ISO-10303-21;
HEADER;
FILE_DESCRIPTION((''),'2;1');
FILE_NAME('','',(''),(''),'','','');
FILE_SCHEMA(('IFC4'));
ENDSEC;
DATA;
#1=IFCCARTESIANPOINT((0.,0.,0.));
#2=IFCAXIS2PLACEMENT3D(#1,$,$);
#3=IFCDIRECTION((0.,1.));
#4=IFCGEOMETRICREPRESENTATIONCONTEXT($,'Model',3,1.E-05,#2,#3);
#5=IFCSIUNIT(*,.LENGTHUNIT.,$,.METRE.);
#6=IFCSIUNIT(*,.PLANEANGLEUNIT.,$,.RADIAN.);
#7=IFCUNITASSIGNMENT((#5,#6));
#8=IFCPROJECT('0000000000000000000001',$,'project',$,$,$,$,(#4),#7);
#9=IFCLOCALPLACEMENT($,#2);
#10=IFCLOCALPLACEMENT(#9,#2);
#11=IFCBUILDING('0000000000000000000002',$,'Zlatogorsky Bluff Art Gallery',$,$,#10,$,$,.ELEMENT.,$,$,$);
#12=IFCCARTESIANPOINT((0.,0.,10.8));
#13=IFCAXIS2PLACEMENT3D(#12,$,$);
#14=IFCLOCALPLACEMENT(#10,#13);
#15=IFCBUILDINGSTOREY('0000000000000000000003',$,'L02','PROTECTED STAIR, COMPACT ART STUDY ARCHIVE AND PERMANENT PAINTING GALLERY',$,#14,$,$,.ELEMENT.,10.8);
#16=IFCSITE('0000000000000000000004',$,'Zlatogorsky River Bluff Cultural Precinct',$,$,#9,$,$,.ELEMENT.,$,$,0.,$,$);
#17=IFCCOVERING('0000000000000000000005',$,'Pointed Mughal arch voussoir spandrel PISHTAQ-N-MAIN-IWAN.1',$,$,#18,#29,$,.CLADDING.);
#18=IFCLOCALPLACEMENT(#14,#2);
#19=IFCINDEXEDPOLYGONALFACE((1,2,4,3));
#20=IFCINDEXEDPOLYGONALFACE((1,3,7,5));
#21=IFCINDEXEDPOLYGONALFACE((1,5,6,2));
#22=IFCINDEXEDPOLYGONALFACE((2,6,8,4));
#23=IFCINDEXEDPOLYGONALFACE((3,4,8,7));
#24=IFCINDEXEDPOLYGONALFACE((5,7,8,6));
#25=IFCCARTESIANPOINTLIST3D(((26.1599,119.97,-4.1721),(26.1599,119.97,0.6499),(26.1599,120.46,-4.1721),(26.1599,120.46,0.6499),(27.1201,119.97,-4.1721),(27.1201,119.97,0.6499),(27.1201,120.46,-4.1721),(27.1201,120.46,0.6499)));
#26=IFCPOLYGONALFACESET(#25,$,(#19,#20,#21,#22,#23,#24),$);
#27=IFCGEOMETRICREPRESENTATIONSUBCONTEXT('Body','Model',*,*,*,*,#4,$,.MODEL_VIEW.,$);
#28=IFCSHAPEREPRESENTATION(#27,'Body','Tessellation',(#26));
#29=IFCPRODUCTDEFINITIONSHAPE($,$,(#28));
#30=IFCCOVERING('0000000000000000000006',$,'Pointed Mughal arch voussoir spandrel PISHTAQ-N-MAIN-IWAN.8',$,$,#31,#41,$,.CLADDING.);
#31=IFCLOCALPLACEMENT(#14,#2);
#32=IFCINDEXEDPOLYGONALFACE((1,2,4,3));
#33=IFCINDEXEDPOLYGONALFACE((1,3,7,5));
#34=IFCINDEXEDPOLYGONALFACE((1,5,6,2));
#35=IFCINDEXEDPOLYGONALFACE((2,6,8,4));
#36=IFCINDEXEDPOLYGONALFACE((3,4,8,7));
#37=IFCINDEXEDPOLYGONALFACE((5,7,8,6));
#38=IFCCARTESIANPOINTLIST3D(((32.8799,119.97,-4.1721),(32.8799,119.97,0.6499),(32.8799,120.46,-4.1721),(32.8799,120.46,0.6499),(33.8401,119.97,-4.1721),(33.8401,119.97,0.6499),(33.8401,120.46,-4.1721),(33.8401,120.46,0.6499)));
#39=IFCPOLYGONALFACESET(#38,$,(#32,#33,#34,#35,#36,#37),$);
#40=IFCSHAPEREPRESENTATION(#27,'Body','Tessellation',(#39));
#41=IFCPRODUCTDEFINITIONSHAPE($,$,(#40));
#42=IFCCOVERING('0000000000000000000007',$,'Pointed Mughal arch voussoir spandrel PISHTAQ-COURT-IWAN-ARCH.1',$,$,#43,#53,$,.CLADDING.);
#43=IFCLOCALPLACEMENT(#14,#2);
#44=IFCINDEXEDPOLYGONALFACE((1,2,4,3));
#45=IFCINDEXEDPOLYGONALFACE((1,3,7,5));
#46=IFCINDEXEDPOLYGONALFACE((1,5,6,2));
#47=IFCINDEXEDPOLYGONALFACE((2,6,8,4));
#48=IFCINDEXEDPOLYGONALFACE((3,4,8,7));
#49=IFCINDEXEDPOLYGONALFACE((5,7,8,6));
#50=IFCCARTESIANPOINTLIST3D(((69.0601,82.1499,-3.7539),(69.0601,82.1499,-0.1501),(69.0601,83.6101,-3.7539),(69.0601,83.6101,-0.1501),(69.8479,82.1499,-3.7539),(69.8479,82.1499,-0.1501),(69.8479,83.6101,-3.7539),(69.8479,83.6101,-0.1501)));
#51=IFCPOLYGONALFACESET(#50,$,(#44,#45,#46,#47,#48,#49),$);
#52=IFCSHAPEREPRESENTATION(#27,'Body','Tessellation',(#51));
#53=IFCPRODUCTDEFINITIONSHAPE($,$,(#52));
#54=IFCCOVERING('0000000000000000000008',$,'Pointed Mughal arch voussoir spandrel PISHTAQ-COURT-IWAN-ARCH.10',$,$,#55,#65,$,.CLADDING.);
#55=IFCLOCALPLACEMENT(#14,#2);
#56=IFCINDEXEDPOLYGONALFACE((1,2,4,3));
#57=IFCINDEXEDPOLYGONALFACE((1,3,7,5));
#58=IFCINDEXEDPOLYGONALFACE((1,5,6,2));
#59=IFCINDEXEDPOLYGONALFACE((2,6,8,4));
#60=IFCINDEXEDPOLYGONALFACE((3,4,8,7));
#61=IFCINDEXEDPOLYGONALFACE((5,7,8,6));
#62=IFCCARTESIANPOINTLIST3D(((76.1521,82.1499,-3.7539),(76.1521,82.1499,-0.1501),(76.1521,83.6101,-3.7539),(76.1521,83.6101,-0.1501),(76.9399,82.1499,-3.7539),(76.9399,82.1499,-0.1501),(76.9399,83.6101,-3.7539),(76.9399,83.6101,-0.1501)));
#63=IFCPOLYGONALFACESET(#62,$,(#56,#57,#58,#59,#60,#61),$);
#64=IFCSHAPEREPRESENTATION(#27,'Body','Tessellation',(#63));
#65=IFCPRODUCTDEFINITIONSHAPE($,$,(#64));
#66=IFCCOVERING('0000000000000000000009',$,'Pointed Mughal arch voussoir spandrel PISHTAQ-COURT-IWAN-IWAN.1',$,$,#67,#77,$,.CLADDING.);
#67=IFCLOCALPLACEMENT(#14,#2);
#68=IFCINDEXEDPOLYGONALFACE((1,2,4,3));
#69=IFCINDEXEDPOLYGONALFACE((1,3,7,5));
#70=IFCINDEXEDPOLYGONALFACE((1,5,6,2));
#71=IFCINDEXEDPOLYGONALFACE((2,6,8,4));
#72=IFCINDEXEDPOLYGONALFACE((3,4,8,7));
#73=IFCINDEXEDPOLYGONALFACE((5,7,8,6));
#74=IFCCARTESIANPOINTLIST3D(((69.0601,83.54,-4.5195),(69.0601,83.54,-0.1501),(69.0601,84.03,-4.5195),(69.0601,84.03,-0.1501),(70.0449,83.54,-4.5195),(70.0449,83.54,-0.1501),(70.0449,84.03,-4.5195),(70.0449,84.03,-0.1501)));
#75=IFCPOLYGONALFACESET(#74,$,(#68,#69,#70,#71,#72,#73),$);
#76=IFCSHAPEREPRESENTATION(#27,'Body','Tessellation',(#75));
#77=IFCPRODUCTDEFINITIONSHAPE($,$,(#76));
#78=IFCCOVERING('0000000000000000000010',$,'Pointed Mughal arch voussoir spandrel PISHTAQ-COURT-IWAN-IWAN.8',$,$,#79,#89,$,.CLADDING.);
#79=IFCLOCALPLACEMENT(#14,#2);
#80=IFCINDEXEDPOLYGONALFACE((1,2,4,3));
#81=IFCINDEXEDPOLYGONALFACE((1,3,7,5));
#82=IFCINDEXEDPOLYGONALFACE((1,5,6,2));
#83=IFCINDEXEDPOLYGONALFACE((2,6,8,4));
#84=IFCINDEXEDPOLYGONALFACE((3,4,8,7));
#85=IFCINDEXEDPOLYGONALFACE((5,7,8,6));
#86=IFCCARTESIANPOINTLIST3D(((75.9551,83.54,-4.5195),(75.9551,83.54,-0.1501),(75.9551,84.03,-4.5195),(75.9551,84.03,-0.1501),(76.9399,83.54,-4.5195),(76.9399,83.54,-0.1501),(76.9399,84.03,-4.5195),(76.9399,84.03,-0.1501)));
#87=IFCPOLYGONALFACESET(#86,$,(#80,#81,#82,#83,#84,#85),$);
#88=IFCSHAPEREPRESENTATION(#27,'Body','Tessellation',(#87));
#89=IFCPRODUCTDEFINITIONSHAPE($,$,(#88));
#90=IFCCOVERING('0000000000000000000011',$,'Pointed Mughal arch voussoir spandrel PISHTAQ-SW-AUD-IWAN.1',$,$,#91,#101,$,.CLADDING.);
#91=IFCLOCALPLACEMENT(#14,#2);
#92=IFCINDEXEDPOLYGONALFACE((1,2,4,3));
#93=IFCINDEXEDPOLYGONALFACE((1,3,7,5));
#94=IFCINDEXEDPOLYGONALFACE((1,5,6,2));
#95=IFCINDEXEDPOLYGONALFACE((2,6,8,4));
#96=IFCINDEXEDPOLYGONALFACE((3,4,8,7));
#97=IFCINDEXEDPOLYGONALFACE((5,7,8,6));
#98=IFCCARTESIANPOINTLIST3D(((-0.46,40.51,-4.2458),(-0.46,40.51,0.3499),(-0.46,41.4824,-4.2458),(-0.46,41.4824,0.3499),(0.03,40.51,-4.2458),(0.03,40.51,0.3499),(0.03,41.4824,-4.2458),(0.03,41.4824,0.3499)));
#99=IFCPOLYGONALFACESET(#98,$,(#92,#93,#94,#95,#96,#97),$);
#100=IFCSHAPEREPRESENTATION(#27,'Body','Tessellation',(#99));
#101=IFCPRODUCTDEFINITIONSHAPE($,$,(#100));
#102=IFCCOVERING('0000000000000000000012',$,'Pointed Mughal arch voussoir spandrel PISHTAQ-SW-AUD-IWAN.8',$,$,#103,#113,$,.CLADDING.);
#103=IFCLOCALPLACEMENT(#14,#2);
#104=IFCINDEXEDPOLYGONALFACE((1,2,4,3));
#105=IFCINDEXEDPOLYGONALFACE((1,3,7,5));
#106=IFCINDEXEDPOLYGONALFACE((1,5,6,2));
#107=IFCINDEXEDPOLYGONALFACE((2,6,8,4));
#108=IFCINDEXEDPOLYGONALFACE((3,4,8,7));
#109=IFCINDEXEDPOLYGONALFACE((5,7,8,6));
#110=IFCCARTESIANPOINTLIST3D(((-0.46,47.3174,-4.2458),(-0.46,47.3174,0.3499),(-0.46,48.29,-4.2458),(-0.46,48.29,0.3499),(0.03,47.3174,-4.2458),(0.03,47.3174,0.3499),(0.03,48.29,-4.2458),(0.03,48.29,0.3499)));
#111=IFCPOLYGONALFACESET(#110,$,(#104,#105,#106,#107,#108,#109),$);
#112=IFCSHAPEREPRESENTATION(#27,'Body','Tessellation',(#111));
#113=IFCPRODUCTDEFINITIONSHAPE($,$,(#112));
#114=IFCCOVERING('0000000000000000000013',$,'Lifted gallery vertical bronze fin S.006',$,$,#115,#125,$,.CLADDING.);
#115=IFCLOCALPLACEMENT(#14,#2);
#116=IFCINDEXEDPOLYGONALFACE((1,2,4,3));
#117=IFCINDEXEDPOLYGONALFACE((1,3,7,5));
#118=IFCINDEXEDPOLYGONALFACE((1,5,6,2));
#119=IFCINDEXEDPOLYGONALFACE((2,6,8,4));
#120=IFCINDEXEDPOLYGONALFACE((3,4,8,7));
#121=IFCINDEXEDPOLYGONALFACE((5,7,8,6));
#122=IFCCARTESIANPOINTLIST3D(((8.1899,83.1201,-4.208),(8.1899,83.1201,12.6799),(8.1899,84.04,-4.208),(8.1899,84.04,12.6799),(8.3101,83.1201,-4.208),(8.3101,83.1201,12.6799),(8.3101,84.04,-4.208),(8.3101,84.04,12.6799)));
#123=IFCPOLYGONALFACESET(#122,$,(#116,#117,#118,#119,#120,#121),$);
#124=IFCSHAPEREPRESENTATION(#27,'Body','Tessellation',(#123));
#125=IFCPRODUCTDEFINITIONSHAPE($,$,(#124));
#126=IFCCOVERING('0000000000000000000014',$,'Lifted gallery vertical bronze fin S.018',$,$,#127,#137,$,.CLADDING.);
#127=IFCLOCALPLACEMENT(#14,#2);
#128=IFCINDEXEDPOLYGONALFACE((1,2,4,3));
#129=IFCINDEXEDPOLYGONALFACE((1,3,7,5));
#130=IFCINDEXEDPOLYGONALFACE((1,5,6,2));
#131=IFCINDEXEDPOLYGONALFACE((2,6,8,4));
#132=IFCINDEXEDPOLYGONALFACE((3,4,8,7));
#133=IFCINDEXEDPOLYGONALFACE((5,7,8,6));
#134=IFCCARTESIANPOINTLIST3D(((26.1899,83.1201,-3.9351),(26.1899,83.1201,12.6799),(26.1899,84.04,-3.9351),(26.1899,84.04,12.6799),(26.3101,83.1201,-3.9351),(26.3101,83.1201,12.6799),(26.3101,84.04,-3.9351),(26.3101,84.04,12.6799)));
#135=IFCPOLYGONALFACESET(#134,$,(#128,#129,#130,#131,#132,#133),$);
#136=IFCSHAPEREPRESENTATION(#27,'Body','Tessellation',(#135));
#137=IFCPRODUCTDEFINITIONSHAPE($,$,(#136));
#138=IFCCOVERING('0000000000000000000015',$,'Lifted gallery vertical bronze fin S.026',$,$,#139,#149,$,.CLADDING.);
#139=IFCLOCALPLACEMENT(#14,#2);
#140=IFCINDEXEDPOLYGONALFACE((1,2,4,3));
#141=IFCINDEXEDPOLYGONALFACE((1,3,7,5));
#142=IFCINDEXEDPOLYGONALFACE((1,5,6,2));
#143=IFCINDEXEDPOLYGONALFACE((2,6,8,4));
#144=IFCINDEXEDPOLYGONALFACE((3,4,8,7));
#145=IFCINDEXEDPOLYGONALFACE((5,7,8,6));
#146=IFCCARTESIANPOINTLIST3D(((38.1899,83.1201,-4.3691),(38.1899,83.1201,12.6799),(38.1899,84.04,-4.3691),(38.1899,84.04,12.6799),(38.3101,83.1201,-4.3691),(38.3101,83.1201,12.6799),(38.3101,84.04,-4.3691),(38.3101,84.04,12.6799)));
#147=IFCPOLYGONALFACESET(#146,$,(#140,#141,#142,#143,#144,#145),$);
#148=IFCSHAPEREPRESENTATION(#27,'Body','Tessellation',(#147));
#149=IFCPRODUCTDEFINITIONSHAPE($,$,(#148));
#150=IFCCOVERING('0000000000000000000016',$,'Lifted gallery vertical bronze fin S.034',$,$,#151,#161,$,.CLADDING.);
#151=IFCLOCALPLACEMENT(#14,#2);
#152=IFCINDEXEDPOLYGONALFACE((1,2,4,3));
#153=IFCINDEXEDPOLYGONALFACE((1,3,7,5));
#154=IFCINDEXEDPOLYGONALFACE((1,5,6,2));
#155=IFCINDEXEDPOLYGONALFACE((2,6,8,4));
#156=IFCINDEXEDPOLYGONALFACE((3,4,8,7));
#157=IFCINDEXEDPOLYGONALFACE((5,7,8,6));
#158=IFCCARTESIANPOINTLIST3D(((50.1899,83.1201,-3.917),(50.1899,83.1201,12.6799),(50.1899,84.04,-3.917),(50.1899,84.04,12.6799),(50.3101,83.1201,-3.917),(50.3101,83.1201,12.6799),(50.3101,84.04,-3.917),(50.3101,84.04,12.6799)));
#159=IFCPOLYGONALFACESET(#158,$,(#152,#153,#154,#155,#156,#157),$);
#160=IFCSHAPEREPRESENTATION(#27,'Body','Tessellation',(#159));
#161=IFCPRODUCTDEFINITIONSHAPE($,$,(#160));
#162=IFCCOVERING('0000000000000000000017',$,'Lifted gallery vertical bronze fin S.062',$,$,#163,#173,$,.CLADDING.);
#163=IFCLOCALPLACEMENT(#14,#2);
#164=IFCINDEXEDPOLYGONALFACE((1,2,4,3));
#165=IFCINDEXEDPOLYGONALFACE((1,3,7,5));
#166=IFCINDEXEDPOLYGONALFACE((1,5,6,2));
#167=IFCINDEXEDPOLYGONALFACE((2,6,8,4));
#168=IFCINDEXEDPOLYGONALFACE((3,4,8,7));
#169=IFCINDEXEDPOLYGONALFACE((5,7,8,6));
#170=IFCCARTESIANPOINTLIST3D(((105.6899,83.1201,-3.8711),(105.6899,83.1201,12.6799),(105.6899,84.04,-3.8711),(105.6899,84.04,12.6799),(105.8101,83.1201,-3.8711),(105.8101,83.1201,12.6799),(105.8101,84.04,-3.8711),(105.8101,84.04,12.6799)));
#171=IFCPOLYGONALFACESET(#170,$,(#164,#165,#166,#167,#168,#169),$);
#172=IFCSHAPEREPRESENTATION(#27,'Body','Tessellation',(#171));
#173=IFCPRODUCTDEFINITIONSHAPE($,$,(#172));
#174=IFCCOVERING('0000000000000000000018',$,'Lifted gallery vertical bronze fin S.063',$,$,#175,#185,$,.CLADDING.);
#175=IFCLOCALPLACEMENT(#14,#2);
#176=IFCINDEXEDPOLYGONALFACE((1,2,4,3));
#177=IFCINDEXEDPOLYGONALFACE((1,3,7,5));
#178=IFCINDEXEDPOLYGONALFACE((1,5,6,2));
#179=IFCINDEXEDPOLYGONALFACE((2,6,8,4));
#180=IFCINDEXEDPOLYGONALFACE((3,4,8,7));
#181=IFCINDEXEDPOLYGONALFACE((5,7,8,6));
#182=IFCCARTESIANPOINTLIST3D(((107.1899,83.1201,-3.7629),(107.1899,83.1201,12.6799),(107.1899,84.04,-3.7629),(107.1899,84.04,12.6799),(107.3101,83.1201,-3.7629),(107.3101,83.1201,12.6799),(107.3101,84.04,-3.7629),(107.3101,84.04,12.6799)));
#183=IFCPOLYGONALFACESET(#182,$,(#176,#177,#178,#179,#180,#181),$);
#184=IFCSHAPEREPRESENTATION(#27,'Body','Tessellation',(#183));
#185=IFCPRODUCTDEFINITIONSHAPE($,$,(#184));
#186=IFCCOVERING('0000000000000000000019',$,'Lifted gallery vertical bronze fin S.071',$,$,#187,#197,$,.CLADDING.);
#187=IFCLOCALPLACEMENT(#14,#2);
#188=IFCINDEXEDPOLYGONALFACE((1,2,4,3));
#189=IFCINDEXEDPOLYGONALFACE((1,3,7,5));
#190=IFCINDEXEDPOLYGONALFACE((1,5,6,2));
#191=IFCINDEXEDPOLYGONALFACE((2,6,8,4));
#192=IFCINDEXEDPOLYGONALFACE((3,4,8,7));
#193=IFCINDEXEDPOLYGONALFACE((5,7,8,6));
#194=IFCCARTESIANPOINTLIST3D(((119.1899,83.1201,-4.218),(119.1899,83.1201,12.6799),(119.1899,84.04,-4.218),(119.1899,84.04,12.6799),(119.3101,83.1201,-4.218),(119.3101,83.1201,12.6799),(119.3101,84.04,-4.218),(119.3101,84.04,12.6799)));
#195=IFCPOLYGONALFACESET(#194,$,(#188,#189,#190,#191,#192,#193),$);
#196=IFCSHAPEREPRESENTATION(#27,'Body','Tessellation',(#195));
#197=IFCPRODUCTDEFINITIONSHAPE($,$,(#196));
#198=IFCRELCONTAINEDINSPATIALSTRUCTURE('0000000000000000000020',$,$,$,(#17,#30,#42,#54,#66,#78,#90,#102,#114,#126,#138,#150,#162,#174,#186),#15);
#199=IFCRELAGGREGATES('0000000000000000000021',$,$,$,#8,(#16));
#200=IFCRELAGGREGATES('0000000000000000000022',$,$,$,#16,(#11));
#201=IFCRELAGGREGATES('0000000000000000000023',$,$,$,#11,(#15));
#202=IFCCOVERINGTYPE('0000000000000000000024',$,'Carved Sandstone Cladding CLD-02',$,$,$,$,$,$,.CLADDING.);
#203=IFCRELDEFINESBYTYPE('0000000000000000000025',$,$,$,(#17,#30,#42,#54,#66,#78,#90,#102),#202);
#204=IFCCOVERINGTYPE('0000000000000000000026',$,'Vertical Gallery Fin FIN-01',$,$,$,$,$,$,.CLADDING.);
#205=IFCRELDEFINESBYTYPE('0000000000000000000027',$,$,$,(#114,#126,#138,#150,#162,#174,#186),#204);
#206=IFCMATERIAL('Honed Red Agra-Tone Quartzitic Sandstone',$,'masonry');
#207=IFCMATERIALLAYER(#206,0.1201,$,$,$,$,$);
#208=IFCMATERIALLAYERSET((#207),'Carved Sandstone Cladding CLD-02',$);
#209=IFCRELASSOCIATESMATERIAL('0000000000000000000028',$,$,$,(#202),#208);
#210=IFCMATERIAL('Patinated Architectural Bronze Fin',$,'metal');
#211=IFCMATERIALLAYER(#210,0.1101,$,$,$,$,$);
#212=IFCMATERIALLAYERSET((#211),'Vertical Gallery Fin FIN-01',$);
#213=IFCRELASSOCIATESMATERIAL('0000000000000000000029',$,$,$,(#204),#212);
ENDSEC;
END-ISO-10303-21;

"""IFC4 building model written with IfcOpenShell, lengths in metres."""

from ifc_helpers import new_model, si_unit, direction, frame, origin, place, context, subcontext, project, spatial, polyline, outline, extrude, material, layer, layer_set, type_object, element, save


model = new_model("IFC4")

# Units and contexts
model_context = context("Model", 3, precision=1e-05, world=origin(), true_north=direction((0.0, 1.0)))
body_context = subcontext(model_context, "Body", "Model", "MODEL_VIEW")
ifc_project = project(units=[si_unit("LENGTHUNIT", "METRE"), si_unit("PLANEANGLEUNIT", "RADIAN")], contexts=[model_context])

# Site, building, storey
site_placement = place(None, origin())
site = spatial("IfcSite", under=ifc_project, at=site_placement, Name="Zlatogorsky River Bluff Cultural Precinct", CompositionType="ELEMENT", RefElevation=0.0)
building_placement = place(site_placement, origin())
building = spatial("IfcBuilding", under=site, at=building_placement, Name="Zlatogorsky Bluff Art Gallery", CompositionType="ELEMENT")
storey_placement = place(building_placement, frame((0.0, 0.0, 10.8)))
storey = spatial("IfcBuildingStorey", under=building, at=storey_placement, Name="L02", Description="PROTECTED STAIR, COMPACT ART STUDY ARCHIVE AND PERMANENT PAINTING GALLERY", CompositionType="ELEMENT", Elevation=10.8)

# Coverings
ifc_material_1 = material(Name="Honed Red Agra-Tone Quartzitic Sandstone", Category="masonry")
ifc_layer_1 = layer(ifc_material_1, 0.1201)
ifc_layer_set_1 = layer_set([ifc_layer_1], Name="Carved Sandstone Cladding CLD-02")
covering_type_1 = type_object("IfcCoveringType", Name="Carved Sandstone Cladding CLD-02", PredefinedType="CLADDING", material=ifc_layer_set_1)
covering_1_placement = place(storey_placement, frame((0.0, 0.0, -4.1721)))
element("IfcCovering", 1, at=covering_1_placement, inside=storey, type_object=covering_type_1, Name="Pointed Mughal arch voussoir spandrel PISHTAQ-N-MAIN-IWAN.1", PredefinedType="CLADDING", context=body_context, shape_type="SweptSolid", body=[
    extrude(outline(polyline([(26.1599, 119.97), (27.1201, 119.97), (27.1201, 120.46), (26.1599, 120.46), (26.1599, 119.97)])), origin(), (0.0, 0.0, 1.0), 4.822),
])
covering_2_placement = place(storey_placement, frame((0.0, 0.0, -4.1721)))
element("IfcCovering", 2, at=covering_2_placement, inside=storey, type_object=covering_type_1, Name="Pointed Mughal arch voussoir spandrel PISHTAQ-N-MAIN-IWAN.8", PredefinedType="CLADDING", context=body_context, shape_type="SweptSolid", body=[
    extrude(outline(polyline([(32.8799, 119.97), (33.8401, 119.97), (33.8401, 120.46), (32.8799, 120.46), (32.8799, 119.97)])), origin(), (0.0, 0.0, 1.0), 4.822),
])
covering_3_placement = place(storey_placement, frame((0.0, 0.0, -3.7539)))
element("IfcCovering", 3, at=covering_3_placement, inside=storey, type_object=covering_type_1, Name="Pointed Mughal arch voussoir spandrel PISHTAQ-COURT-IWAN-ARCH.1", PredefinedType="CLADDING", context=body_context, shape_type="SweptSolid", body=[
    extrude(outline(polyline([(69.0601, 82.1499), (69.8479, 82.1499), (69.8479, 83.6101), (69.0601, 83.6101), (69.0601, 82.1499)])), origin(), (0.0, 0.0, 1.0), 3.6038),
])
covering_4_placement = place(storey_placement, frame((0.0, 0.0, -3.7539)))
element("IfcCovering", 4, at=covering_4_placement, inside=storey, type_object=covering_type_1, Name="Pointed Mughal arch voussoir spandrel PISHTAQ-COURT-IWAN-ARCH.10", PredefinedType="CLADDING", context=body_context, shape_type="SweptSolid", body=[
    extrude(outline(polyline([(76.1521, 82.1499), (76.9399, 82.1499), (76.9399, 83.6101), (76.1521, 83.6101), (76.1521, 82.1499)])), origin(), (0.0, 0.0, 1.0), 3.6038),
])
covering_5_placement = place(storey_placement, frame((0.0, 0.0, -4.5195)))
element("IfcCovering", 5, at=covering_5_placement, inside=storey, type_object=covering_type_1, Name="Pointed Mughal arch voussoir spandrel PISHTAQ-COURT-IWAN-IWAN.1", PredefinedType="CLADDING", context=body_context, shape_type="SweptSolid", body=[
    extrude(outline(polyline([(69.0601, 83.54), (70.0449, 83.54), (70.0449, 84.03), (69.0601, 84.03), (69.0601, 83.54)])), origin(), (0.0, 0.0, 1.0), 4.3694),
])
covering_6_placement = place(storey_placement, frame((0.0, 0.0, -4.5195)))
element("IfcCovering", 6, at=covering_6_placement, inside=storey, type_object=covering_type_1, Name="Pointed Mughal arch voussoir spandrel PISHTAQ-COURT-IWAN-IWAN.8", PredefinedType="CLADDING", context=body_context, shape_type="SweptSolid", body=[
    extrude(outline(polyline([(75.9551, 83.54), (76.9399, 83.54), (76.9399, 84.03), (75.9551, 84.03), (75.9551, 83.54)])), origin(), (0.0, 0.0, 1.0), 4.3694),
])
covering_7_placement = place(storey_placement, frame((0.0, 0.0, -4.2458)))
element("IfcCovering", 7, at=covering_7_placement, inside=storey, type_object=covering_type_1, Name="Pointed Mughal arch voussoir spandrel PISHTAQ-SW-AUD-IWAN.1", PredefinedType="CLADDING", context=body_context, shape_type="SweptSolid", body=[
    extrude(outline(polyline([(-0.46, 40.51), (-0.46, 41.4824), (0.03, 41.4824), (0.03, 40.51), (-0.46, 40.51)])), origin(), (0.0, 0.0, 1.0), 4.5957),
])
covering_8_placement = place(storey_placement, frame((0.0, 0.0, -4.2458)))
element("IfcCovering", 8, at=covering_8_placement, inside=storey, type_object=covering_type_1, Name="Pointed Mughal arch voussoir spandrel PISHTAQ-SW-AUD-IWAN.8", PredefinedType="CLADDING", context=body_context, shape_type="SweptSolid", body=[
    extrude(outline(polyline([(-0.46, 47.3174), (-0.46, 48.29), (0.03, 48.29), (0.03, 47.3174), (-0.46, 47.3174)])), origin(), (0.0, 0.0, 1.0), 4.5957),
])
ifc_material_2 = material(Name="Patinated Architectural Bronze Fin", Category="metal")
ifc_layer_2 = layer(ifc_material_2, 0.1101)
ifc_layer_set_2 = layer_set([ifc_layer_2], Name="Vertical Gallery Fin FIN-01")
covering_type_2 = type_object("IfcCoveringType", Name="Vertical Gallery Fin FIN-01", PredefinedType="CLADDING", material=ifc_layer_set_2)
covering_9_placement = place(storey_placement, frame((0.0, 0.0, -4.208)))
element("IfcCovering", 9, at=covering_9_placement, inside=storey, type_object=covering_type_2, Name="Lifted gallery vertical bronze fin S.006", PredefinedType="CLADDING", context=body_context, shape_type="SweptSolid", body=[
    extrude(outline(polyline([(8.1899, 83.1201), (8.3101, 83.1201), (8.3101, 84.04), (8.1899, 84.04), (8.1899, 83.1201)])), origin(), (0.0, 0.0, 1.0), 16.8879),
])
covering_10_placement = place(storey_placement, frame((0.0, 0.0, -3.9351)))
element("IfcCovering", 10, at=covering_10_placement, inside=storey, type_object=covering_type_2, Name="Lifted gallery vertical bronze fin S.018", PredefinedType="CLADDING", context=body_context, shape_type="SweptSolid", body=[
    extrude(outline(polyline([(26.1899, 83.1201), (26.3101, 83.1201), (26.3101, 84.04), (26.1899, 84.04), (26.1899, 83.1201)])), origin(), (0.0, 0.0, 1.0), 16.615),
])
covering_11_placement = place(storey_placement, frame((0.0, 0.0, -4.3691)))
element("IfcCovering", 11, at=covering_11_placement, inside=storey, type_object=covering_type_2, Name="Lifted gallery vertical bronze fin S.026", PredefinedType="CLADDING", context=body_context, shape_type="SweptSolid", body=[
    extrude(outline(polyline([(38.1899, 83.1201), (38.3101, 83.1201), (38.3101, 84.04), (38.1899, 84.04), (38.1899, 83.1201)])), origin(), (0.0, 0.0, 1.0), 17.0491),
])
covering_12_placement = place(storey_placement, frame((0.0, 0.0, -3.917)))
element("IfcCovering", 12, at=covering_12_placement, inside=storey, type_object=covering_type_2, Name="Lifted gallery vertical bronze fin S.034", PredefinedType="CLADDING", context=body_context, shape_type="SweptSolid", body=[
    extrude(outline(polyline([(50.1899, 83.1201), (50.3101, 83.1201), (50.3101, 84.04), (50.1899, 84.04), (50.1899, 83.1201)])), origin(), (0.0, 0.0, 1.0), 16.5969),
])
covering_13_placement = place(storey_placement, frame((0.0, 0.0, -3.8711)))
element("IfcCovering", 13, at=covering_13_placement, inside=storey, type_object=covering_type_2, Name="Lifted gallery vertical bronze fin S.062", PredefinedType="CLADDING", context=body_context, shape_type="SweptSolid", body=[
    extrude(outline(polyline([(105.6899, 83.1201), (105.8101, 83.1201), (105.8101, 84.04), (105.6899, 84.04), (105.6899, 83.1201)])), origin(), (0.0, 0.0, 1.0), 16.551),
])
covering_14_placement = place(storey_placement, frame((0.0, 0.0, -3.7629)))
element("IfcCovering", 14, at=covering_14_placement, inside=storey, type_object=covering_type_2, Name="Lifted gallery vertical bronze fin S.063", PredefinedType="CLADDING", context=body_context, shape_type="SweptSolid", body=[
    extrude(outline(polyline([(107.1899, 83.1201), (107.3101, 83.1201), (107.3101, 84.04), (107.1899, 84.04), (107.1899, 83.1201)])), origin(), (0.0, 0.0, 1.0), 16.4429),
])
covering_15_placement = place(storey_placement, frame((0.0, 0.0, -4.218)))
element("IfcCovering", 15, at=covering_15_placement, inside=storey, type_object=covering_type_2, Name="Lifted gallery vertical bronze fin S.071", PredefinedType="CLADDING", context=body_context, shape_type="SweptSolid", body=[
    extrude(outline(polyline([(119.1899, 83.1201), (119.3101, 83.1201), (119.3101, 84.04), (119.1899, 84.04), (119.1899, 83.1201)])), origin(), (0.0, 0.0, 1.0), 16.8979),
])

save(model, "model.ifc")
